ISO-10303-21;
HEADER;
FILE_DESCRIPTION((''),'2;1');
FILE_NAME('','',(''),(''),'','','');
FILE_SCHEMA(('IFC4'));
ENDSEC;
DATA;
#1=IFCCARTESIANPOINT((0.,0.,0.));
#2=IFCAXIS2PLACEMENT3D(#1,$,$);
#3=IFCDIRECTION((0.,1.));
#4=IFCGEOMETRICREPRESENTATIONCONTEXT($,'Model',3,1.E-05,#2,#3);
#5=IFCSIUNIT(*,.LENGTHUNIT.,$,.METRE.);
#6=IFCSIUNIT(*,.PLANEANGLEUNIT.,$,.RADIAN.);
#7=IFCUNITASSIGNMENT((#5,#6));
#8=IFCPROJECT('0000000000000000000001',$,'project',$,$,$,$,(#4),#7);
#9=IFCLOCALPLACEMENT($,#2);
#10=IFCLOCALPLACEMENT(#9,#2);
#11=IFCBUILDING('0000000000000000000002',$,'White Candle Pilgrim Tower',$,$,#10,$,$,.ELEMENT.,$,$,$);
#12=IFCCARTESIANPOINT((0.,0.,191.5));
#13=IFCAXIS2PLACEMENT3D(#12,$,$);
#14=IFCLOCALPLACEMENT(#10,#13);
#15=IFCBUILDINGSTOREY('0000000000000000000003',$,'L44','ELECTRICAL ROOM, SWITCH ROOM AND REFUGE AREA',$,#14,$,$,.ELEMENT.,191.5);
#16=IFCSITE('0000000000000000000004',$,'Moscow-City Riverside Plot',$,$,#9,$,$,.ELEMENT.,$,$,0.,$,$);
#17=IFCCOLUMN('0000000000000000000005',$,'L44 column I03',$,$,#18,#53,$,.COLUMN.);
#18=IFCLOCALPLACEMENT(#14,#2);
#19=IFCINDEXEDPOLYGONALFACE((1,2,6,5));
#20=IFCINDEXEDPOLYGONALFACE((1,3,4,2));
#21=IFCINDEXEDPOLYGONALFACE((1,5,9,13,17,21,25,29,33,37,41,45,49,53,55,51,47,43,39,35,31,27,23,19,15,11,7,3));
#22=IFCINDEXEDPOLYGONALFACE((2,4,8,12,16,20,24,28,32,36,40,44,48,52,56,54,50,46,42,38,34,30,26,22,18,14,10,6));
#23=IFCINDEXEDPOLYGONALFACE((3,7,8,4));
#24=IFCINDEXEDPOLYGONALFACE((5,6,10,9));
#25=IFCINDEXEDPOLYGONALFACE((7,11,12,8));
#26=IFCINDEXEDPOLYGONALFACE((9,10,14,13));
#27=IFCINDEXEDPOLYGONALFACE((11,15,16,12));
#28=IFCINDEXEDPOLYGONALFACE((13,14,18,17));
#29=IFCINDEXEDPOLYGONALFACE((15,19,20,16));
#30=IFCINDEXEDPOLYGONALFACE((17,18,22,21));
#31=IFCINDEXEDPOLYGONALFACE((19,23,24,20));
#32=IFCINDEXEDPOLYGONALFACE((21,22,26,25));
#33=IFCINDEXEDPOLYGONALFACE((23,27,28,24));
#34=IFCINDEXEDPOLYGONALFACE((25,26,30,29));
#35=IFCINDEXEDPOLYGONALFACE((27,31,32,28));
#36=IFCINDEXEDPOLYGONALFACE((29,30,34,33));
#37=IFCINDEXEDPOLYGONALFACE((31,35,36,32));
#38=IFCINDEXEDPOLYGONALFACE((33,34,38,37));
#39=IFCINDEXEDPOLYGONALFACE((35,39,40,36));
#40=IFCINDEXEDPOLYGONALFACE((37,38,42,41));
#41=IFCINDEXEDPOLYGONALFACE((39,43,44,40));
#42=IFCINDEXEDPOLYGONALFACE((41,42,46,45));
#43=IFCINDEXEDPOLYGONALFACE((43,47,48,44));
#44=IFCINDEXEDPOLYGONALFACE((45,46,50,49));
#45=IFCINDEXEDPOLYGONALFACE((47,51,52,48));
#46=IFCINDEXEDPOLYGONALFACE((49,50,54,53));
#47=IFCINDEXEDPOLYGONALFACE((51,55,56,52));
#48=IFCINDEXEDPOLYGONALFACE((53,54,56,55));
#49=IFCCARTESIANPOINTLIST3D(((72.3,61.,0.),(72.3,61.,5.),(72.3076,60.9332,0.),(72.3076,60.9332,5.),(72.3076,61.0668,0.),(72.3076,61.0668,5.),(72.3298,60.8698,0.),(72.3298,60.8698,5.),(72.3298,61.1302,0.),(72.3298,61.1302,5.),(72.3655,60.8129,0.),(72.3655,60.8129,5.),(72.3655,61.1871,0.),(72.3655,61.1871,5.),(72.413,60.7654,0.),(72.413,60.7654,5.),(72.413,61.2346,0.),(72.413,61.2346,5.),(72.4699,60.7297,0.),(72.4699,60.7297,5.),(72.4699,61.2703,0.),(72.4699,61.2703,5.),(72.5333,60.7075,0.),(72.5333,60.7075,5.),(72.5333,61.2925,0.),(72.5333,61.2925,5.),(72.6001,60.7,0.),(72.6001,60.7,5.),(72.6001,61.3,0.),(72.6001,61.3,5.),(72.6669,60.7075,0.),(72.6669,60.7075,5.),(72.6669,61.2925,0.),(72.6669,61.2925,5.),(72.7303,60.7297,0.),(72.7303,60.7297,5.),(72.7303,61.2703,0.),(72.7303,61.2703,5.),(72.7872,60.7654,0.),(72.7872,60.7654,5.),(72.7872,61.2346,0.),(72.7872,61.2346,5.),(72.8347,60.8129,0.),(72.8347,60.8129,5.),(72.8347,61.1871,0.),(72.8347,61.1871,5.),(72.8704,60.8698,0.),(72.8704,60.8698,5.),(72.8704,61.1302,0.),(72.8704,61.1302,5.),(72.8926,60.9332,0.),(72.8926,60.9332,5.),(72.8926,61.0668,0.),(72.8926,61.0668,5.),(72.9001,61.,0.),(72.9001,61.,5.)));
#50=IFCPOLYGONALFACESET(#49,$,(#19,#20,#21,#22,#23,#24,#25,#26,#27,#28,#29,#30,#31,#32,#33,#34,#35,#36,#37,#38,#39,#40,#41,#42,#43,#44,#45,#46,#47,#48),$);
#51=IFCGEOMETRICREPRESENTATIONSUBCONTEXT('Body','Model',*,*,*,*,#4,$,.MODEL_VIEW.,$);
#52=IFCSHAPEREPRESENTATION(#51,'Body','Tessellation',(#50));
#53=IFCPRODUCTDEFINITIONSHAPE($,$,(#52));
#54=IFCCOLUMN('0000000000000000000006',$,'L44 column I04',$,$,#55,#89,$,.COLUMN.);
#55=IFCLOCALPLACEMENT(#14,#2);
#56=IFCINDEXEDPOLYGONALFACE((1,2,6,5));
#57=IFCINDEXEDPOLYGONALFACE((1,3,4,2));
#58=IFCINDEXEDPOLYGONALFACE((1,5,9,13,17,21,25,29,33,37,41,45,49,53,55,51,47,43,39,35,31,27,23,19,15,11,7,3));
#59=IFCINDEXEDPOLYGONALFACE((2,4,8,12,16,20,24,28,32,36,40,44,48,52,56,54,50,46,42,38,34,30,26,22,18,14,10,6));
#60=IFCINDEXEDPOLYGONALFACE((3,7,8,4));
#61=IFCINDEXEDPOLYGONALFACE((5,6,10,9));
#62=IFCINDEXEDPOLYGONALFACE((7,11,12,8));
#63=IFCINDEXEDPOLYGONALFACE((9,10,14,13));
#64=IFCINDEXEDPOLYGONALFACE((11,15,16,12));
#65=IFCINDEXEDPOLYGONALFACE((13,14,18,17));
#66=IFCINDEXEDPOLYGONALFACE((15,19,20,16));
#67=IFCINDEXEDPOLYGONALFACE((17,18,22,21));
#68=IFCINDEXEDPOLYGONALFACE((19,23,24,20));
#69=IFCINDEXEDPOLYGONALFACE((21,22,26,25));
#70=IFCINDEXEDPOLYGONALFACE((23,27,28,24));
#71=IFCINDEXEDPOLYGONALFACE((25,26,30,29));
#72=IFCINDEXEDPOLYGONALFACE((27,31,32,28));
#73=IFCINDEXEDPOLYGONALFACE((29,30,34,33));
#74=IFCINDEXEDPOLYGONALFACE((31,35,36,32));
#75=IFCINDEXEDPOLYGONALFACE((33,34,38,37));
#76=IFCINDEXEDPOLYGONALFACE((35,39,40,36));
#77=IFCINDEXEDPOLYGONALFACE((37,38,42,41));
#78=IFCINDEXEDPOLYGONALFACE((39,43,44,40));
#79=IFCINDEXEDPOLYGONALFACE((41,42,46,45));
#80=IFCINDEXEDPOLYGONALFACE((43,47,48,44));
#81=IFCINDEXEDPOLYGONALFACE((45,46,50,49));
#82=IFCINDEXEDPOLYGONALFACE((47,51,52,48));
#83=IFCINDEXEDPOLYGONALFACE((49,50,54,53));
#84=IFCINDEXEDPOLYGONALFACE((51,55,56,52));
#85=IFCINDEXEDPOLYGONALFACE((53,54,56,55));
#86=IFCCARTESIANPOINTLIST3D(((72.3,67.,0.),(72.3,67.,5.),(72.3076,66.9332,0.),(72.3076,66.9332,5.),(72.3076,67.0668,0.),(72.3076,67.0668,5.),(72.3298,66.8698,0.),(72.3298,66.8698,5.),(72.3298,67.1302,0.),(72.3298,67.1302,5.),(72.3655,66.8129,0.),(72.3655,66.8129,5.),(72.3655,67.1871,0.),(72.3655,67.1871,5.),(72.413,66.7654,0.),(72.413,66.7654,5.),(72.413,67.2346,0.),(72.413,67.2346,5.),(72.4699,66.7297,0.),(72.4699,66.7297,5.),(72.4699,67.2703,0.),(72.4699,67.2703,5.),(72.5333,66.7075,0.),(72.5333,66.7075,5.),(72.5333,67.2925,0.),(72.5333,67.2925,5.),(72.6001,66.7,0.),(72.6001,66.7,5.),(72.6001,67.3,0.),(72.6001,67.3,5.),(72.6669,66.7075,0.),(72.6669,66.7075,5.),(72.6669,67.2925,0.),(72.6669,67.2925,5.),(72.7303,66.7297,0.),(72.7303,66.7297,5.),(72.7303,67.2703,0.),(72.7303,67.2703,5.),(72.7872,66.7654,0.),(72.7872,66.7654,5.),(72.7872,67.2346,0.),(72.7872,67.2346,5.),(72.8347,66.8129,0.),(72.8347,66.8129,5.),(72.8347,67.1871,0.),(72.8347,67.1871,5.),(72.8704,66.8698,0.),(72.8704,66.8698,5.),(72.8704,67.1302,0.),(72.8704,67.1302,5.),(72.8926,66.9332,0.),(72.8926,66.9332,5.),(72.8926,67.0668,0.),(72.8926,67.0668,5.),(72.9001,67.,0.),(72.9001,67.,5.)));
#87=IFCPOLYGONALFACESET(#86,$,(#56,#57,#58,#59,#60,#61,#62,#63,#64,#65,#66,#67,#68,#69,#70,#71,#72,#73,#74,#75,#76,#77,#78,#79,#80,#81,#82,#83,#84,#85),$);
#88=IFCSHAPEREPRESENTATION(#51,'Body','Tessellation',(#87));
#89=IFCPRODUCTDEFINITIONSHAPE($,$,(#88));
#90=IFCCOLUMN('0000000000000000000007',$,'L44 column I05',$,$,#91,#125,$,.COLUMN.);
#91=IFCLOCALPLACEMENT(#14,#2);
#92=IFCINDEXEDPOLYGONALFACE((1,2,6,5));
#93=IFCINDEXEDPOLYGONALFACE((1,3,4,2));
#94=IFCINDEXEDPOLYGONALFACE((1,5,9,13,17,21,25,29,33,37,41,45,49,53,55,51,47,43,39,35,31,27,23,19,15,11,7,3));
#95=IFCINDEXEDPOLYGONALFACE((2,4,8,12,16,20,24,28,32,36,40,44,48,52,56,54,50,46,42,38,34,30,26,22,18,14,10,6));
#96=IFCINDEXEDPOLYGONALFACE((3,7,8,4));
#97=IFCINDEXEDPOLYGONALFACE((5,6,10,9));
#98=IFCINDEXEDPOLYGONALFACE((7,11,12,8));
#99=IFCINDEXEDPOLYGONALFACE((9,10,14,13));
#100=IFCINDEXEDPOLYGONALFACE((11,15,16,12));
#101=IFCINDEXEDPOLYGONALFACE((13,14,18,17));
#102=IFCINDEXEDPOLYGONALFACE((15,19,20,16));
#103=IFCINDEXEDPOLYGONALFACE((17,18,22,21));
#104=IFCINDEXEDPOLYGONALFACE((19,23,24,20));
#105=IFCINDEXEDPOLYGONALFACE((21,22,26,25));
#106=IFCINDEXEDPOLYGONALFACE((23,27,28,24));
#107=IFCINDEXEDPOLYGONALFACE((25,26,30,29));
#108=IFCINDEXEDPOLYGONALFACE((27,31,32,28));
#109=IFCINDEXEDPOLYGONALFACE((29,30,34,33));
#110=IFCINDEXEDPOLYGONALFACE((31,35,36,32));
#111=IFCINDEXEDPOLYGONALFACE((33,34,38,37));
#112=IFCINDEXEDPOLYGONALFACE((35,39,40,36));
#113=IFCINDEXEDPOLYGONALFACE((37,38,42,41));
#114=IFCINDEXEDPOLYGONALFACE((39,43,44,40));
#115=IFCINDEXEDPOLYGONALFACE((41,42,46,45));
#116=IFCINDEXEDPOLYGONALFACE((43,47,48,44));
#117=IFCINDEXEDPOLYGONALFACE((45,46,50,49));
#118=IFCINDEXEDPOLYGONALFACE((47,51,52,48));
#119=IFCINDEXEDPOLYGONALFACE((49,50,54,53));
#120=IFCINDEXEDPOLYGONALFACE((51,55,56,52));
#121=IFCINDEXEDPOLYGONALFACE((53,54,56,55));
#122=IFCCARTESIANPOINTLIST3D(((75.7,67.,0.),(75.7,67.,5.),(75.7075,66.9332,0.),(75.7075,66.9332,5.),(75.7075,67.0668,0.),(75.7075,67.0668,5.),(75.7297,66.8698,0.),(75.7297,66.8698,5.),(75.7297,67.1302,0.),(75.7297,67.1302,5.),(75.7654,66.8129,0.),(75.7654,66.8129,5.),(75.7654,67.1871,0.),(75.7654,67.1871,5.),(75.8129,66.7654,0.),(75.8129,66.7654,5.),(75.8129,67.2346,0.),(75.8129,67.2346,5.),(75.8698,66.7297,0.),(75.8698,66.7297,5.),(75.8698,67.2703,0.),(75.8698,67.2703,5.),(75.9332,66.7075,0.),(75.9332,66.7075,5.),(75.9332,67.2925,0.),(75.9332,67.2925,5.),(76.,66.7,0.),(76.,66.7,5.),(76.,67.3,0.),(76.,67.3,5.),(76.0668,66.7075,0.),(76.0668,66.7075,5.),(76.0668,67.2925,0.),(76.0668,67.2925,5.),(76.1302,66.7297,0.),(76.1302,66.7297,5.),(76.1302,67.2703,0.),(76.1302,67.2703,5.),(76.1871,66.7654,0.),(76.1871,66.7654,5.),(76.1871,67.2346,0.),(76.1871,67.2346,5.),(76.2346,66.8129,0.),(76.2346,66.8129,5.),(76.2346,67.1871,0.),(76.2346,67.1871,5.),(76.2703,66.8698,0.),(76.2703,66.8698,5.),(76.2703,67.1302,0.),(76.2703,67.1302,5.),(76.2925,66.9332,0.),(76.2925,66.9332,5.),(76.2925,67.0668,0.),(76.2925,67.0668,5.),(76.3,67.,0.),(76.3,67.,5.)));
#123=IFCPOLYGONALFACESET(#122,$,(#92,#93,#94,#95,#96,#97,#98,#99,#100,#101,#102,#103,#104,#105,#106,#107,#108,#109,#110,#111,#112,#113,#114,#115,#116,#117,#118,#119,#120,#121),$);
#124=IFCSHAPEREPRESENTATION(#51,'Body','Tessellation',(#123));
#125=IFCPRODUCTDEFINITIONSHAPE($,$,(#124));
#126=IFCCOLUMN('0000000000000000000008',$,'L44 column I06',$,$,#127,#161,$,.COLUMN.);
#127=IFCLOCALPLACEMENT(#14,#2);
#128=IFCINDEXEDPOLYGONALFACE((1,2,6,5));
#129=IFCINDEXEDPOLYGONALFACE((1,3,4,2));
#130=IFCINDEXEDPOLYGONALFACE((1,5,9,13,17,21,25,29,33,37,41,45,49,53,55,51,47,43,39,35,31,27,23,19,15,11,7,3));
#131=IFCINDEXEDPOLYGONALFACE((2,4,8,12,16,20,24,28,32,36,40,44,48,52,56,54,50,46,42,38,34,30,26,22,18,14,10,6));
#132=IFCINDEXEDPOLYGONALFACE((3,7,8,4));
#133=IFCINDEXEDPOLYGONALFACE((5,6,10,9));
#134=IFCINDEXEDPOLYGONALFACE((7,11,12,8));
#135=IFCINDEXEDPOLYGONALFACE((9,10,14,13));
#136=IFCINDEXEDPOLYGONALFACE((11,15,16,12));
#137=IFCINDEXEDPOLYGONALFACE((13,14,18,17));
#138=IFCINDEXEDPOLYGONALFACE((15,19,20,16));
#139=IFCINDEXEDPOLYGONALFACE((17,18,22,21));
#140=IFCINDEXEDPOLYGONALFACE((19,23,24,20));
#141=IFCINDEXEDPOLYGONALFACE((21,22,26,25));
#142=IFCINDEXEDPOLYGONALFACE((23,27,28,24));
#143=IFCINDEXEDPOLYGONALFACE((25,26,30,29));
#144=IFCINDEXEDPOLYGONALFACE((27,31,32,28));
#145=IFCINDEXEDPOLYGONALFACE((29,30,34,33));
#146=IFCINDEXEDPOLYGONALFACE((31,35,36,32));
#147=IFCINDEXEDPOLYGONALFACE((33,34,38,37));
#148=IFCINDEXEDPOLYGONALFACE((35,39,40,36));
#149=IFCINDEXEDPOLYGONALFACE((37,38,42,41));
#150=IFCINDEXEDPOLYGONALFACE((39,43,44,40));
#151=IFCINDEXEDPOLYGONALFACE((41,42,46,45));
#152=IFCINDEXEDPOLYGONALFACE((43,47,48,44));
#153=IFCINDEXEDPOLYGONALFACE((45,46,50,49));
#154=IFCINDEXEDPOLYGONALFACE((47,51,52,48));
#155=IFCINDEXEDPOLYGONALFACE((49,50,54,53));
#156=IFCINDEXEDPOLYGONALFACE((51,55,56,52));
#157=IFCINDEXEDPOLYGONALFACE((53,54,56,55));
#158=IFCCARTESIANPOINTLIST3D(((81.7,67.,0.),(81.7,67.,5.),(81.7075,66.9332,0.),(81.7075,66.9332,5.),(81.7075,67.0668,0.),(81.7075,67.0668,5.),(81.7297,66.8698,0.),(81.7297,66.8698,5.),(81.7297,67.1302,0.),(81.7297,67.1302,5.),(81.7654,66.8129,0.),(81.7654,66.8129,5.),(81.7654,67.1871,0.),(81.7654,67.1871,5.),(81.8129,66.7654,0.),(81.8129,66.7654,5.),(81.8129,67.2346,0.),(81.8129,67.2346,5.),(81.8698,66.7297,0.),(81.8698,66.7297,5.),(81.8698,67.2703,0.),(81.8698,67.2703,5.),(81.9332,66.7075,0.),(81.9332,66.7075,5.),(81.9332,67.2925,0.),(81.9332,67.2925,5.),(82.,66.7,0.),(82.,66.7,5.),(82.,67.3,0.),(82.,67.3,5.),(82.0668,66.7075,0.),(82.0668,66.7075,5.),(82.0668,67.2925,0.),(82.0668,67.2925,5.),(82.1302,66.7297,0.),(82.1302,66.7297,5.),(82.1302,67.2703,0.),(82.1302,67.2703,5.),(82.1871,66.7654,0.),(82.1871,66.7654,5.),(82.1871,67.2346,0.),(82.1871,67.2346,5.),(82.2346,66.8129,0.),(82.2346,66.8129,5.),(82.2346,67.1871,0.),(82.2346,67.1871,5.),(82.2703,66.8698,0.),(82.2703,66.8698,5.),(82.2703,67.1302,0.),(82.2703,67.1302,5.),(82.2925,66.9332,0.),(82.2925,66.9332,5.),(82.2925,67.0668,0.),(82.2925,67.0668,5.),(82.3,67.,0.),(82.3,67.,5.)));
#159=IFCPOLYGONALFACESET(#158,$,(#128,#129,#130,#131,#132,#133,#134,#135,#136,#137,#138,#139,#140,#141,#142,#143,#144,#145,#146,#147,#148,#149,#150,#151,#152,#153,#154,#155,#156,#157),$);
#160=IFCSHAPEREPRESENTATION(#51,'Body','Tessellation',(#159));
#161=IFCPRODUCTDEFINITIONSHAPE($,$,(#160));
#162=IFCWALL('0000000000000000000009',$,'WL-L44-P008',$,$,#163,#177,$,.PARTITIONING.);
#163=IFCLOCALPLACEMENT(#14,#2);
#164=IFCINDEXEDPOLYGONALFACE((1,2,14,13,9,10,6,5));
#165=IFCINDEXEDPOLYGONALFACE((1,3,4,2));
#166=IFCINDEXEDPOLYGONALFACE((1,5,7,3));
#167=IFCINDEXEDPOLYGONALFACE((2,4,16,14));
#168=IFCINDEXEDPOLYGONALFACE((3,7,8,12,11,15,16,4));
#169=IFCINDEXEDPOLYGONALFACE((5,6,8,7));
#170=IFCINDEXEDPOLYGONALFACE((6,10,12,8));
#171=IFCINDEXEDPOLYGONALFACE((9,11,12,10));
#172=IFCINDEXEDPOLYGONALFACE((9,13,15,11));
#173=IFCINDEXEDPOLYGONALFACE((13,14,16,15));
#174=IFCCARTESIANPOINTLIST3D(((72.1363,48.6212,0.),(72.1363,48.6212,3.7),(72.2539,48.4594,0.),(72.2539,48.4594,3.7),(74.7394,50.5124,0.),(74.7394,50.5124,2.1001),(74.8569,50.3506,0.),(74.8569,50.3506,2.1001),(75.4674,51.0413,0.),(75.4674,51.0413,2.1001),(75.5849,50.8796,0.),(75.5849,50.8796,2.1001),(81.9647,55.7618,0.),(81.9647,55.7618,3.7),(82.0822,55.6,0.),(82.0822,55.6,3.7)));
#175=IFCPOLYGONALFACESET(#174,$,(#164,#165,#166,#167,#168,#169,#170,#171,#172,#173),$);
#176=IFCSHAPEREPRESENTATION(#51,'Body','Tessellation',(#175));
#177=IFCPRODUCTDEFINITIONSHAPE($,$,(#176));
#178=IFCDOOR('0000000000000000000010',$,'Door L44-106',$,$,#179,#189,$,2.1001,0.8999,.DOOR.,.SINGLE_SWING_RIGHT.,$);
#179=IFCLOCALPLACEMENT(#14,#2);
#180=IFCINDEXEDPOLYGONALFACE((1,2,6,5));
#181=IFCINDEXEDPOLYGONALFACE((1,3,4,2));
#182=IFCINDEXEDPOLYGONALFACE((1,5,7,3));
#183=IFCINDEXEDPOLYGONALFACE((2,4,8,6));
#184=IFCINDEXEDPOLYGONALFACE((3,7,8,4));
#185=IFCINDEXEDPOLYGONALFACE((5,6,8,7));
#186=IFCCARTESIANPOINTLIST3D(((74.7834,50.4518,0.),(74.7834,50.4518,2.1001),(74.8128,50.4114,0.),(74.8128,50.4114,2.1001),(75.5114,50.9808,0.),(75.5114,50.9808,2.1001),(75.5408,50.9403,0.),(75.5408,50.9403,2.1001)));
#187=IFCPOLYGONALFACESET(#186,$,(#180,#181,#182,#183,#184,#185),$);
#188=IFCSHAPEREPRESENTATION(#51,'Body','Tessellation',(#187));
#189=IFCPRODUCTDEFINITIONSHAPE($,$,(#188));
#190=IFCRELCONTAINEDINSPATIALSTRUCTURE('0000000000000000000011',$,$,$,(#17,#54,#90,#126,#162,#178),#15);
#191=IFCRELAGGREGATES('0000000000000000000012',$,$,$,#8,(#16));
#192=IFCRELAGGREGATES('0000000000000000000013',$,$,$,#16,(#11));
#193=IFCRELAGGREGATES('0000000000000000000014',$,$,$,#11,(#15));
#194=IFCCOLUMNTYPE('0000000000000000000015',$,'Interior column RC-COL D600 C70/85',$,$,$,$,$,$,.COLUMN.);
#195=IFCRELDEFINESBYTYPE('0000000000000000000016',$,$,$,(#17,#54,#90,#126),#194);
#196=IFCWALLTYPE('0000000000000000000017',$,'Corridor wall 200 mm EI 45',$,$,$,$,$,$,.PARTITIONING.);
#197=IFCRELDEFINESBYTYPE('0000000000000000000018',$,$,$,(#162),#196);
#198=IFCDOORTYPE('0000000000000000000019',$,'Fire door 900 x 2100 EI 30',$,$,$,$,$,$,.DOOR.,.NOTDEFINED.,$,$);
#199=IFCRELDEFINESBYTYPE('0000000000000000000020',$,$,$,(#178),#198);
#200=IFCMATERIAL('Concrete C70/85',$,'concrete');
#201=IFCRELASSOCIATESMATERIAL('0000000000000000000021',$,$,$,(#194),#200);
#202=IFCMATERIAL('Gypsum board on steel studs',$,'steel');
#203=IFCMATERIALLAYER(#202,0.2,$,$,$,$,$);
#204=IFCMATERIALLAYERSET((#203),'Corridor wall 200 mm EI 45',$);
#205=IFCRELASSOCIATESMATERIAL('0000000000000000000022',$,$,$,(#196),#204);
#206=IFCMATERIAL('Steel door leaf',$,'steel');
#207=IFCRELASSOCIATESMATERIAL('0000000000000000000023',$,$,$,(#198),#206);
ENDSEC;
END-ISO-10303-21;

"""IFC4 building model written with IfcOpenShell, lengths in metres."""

from ifc_helpers import new_model, si_unit, direction, frame, frame_2d, origin, origin_2d, place, context, subcontext, project, spatial, rectangle, circle, extrude, material, layer, layer_set, material_profile, profile_set, type_object, element, fill, save


model = new_model("IFC4")

# Units and contexts
model_context = context("Model", 3, precision=1e-05, world=origin(), true_north=direction((0.0, 1.0)))
body_context = subcontext(model_context, "Body", "Model", "MODEL_VIEW")
ifc_project = project(units=[si_unit("LENGTHUNIT", "METRE"), si_unit("PLANEANGLEUNIT", "RADIAN")], contexts=[model_context])

# Site, building, storey
site_placement = place(None, origin())
site = spatial("IfcSite", under=ifc_project, at=site_placement, Name="Moscow-City Riverside Plot", CompositionType="ELEMENT", RefElevation=0.0)
building_placement = place(site_placement, origin())
building = spatial("IfcBuilding", under=site, at=building_placement, Name="White Candle Pilgrim Tower", CompositionType="ELEMENT")
storey_placement = place(building_placement, frame((0.0, 0.0, 191.5)))
storey = spatial("IfcBuildingStorey", under=building, at=storey_placement, Name="L44", Description="ELECTRICAL ROOM, SWITCH ROOM AND REFUGE AREA", CompositionType="ELEMENT", Elevation=191.5)

# Columns
ifc_material_1 = material(Name="Concrete C70/85", Category="concrete")
ifc_material_profile = material_profile(ifc_material_1, circle(Radius=0.3, at=origin_2d()), Name="RC-COL D600")
ifc_profile_set = profile_set([ifc_material_profile], Name="Concrete C70/85")
column_type = type_object("IfcColumnType", Name="Interior column RC-COL D600 C70/85", PredefinedType="COLUMN", material=ifc_profile_set)
for number, where, z_axis, x_axis, name in (
    (1, (72.6001, 61.0, 0.0), (0.0, 0.0, 1.0), (1.0, 0.0, 0.0), "L44 column I03"),
    (2, (72.6001, 67.0, 0.0), (0.0, 0.0, 1.0), (1.0, 0.0, 0.0), "L44 column I04"),
    (3, (76.0, 67.0, 0.0), (0.0, 0.0, 1.0), (1.0, 0.0, 0.0), "L44 column I05"),
    (4, (82.0, 67.0, 0.0), (0.0, 0.0, 1.0), (1.0, 0.0, 0.0), "L44 column I06"),
):
    element("IfcColumn", number, at=place(storey_placement, frame(where, z_axis=z_axis, x_axis=x_axis)), inside=storey, type_object=column_type, Name=name, PredefinedType="COLUMN", context=body_context, shape_type="SweptSolid", body=[
        extrude(circle(Radius=0.3, at=origin_2d()), origin(), (0.0, 0.0, 1.0), 5.0),
    ])

# Wall, opening, door
ifc_material_2 = material(Name="Gypsum board on steel studs", Category="steel")
ifc_layer_1 = layer(ifc_material_2, 0.2)
ifc_layer_set_1 = layer_set([ifc_layer_1], Name="Corridor wall 200 mm EI 45")
wall_type_1 = type_object("IfcWallType", Name="Corridor wall 200 mm EI 45", PredefinedType="PARTITIONING", material=ifc_layer_set_1)
wall_1_placement = place(storey_placement, frame((82.0234, 55.6809, 0.0), z_axis=(0.0, 0.0, 1.0), x_axis=(-0.809021, -0.58778, 0.0)))
wall_1 = element("IfcWall", 5, at=wall_1_placement, inside=storey, type_object=wall_type_1, Name="WL-L44-P008", PredefinedType="PARTITIONING", context=body_context, shape_type="SweptSolid", body=[
    extrude(rectangle(XDim=12.1484, YDim=0.2, at=frame_2d((6.0742, 0.0))), origin(), (0.0, 0.0, 1.0), 3.7),
])
opening_1_placement = place(wall_1_placement, frame((8.031, 0.0, 0.0)))
opening_1 = element("IfcOpeningElement", 6, at=opening_1_placement, cuts=wall_1, PredefinedType="OPENING", context=body_context, shape_type="SweptSolid", body=[
    extrude(rectangle(XDim=0.8999, YDim=2.1001, at=frame_2d((0.45, 1.05))), frame((0.0, 0.1099, 0.0), z_axis=(0.0, -1.0, 0.0), x_axis=(1.0, 0.0, 0.0)), (0.0, 0.0, 1.0), 0.22),
])
ifc_material_3 = material(Name="Steel door leaf", Category="steel")
door_type_1 = type_object("IfcDoorType", Name="Fire door 900 x 2100 EI 30", OperationType="NOTDEFINED", PredefinedType="DOOR", material=ifc_material_3)
door_1_placement = place(opening_1_placement, origin())
door_1 = element("IfcDoor", 7, at=door_1_placement, inside=storey, type_object=door_type_1, Name="Door L44-106", OperationType="SINGLE_SWING_RIGHT", OverallHeight=2.1001, OverallWidth=0.8999, PredefinedType="DOOR", context=body_context, shape_type="SweptSolid", body=[
    extrude(rectangle(XDim=0.8999, YDim=2.1001, at=frame_2d((0.45, 1.05))), frame((0.0, 0.0249, 0.0), z_axis=(0.0, -1.0, 0.0), x_axis=(1.0, 0.0, 0.0)), (0.0, 0.0, 1.0), 0.05),
])
fill(opening_1, door_1)

save(model, "model.ifc")
